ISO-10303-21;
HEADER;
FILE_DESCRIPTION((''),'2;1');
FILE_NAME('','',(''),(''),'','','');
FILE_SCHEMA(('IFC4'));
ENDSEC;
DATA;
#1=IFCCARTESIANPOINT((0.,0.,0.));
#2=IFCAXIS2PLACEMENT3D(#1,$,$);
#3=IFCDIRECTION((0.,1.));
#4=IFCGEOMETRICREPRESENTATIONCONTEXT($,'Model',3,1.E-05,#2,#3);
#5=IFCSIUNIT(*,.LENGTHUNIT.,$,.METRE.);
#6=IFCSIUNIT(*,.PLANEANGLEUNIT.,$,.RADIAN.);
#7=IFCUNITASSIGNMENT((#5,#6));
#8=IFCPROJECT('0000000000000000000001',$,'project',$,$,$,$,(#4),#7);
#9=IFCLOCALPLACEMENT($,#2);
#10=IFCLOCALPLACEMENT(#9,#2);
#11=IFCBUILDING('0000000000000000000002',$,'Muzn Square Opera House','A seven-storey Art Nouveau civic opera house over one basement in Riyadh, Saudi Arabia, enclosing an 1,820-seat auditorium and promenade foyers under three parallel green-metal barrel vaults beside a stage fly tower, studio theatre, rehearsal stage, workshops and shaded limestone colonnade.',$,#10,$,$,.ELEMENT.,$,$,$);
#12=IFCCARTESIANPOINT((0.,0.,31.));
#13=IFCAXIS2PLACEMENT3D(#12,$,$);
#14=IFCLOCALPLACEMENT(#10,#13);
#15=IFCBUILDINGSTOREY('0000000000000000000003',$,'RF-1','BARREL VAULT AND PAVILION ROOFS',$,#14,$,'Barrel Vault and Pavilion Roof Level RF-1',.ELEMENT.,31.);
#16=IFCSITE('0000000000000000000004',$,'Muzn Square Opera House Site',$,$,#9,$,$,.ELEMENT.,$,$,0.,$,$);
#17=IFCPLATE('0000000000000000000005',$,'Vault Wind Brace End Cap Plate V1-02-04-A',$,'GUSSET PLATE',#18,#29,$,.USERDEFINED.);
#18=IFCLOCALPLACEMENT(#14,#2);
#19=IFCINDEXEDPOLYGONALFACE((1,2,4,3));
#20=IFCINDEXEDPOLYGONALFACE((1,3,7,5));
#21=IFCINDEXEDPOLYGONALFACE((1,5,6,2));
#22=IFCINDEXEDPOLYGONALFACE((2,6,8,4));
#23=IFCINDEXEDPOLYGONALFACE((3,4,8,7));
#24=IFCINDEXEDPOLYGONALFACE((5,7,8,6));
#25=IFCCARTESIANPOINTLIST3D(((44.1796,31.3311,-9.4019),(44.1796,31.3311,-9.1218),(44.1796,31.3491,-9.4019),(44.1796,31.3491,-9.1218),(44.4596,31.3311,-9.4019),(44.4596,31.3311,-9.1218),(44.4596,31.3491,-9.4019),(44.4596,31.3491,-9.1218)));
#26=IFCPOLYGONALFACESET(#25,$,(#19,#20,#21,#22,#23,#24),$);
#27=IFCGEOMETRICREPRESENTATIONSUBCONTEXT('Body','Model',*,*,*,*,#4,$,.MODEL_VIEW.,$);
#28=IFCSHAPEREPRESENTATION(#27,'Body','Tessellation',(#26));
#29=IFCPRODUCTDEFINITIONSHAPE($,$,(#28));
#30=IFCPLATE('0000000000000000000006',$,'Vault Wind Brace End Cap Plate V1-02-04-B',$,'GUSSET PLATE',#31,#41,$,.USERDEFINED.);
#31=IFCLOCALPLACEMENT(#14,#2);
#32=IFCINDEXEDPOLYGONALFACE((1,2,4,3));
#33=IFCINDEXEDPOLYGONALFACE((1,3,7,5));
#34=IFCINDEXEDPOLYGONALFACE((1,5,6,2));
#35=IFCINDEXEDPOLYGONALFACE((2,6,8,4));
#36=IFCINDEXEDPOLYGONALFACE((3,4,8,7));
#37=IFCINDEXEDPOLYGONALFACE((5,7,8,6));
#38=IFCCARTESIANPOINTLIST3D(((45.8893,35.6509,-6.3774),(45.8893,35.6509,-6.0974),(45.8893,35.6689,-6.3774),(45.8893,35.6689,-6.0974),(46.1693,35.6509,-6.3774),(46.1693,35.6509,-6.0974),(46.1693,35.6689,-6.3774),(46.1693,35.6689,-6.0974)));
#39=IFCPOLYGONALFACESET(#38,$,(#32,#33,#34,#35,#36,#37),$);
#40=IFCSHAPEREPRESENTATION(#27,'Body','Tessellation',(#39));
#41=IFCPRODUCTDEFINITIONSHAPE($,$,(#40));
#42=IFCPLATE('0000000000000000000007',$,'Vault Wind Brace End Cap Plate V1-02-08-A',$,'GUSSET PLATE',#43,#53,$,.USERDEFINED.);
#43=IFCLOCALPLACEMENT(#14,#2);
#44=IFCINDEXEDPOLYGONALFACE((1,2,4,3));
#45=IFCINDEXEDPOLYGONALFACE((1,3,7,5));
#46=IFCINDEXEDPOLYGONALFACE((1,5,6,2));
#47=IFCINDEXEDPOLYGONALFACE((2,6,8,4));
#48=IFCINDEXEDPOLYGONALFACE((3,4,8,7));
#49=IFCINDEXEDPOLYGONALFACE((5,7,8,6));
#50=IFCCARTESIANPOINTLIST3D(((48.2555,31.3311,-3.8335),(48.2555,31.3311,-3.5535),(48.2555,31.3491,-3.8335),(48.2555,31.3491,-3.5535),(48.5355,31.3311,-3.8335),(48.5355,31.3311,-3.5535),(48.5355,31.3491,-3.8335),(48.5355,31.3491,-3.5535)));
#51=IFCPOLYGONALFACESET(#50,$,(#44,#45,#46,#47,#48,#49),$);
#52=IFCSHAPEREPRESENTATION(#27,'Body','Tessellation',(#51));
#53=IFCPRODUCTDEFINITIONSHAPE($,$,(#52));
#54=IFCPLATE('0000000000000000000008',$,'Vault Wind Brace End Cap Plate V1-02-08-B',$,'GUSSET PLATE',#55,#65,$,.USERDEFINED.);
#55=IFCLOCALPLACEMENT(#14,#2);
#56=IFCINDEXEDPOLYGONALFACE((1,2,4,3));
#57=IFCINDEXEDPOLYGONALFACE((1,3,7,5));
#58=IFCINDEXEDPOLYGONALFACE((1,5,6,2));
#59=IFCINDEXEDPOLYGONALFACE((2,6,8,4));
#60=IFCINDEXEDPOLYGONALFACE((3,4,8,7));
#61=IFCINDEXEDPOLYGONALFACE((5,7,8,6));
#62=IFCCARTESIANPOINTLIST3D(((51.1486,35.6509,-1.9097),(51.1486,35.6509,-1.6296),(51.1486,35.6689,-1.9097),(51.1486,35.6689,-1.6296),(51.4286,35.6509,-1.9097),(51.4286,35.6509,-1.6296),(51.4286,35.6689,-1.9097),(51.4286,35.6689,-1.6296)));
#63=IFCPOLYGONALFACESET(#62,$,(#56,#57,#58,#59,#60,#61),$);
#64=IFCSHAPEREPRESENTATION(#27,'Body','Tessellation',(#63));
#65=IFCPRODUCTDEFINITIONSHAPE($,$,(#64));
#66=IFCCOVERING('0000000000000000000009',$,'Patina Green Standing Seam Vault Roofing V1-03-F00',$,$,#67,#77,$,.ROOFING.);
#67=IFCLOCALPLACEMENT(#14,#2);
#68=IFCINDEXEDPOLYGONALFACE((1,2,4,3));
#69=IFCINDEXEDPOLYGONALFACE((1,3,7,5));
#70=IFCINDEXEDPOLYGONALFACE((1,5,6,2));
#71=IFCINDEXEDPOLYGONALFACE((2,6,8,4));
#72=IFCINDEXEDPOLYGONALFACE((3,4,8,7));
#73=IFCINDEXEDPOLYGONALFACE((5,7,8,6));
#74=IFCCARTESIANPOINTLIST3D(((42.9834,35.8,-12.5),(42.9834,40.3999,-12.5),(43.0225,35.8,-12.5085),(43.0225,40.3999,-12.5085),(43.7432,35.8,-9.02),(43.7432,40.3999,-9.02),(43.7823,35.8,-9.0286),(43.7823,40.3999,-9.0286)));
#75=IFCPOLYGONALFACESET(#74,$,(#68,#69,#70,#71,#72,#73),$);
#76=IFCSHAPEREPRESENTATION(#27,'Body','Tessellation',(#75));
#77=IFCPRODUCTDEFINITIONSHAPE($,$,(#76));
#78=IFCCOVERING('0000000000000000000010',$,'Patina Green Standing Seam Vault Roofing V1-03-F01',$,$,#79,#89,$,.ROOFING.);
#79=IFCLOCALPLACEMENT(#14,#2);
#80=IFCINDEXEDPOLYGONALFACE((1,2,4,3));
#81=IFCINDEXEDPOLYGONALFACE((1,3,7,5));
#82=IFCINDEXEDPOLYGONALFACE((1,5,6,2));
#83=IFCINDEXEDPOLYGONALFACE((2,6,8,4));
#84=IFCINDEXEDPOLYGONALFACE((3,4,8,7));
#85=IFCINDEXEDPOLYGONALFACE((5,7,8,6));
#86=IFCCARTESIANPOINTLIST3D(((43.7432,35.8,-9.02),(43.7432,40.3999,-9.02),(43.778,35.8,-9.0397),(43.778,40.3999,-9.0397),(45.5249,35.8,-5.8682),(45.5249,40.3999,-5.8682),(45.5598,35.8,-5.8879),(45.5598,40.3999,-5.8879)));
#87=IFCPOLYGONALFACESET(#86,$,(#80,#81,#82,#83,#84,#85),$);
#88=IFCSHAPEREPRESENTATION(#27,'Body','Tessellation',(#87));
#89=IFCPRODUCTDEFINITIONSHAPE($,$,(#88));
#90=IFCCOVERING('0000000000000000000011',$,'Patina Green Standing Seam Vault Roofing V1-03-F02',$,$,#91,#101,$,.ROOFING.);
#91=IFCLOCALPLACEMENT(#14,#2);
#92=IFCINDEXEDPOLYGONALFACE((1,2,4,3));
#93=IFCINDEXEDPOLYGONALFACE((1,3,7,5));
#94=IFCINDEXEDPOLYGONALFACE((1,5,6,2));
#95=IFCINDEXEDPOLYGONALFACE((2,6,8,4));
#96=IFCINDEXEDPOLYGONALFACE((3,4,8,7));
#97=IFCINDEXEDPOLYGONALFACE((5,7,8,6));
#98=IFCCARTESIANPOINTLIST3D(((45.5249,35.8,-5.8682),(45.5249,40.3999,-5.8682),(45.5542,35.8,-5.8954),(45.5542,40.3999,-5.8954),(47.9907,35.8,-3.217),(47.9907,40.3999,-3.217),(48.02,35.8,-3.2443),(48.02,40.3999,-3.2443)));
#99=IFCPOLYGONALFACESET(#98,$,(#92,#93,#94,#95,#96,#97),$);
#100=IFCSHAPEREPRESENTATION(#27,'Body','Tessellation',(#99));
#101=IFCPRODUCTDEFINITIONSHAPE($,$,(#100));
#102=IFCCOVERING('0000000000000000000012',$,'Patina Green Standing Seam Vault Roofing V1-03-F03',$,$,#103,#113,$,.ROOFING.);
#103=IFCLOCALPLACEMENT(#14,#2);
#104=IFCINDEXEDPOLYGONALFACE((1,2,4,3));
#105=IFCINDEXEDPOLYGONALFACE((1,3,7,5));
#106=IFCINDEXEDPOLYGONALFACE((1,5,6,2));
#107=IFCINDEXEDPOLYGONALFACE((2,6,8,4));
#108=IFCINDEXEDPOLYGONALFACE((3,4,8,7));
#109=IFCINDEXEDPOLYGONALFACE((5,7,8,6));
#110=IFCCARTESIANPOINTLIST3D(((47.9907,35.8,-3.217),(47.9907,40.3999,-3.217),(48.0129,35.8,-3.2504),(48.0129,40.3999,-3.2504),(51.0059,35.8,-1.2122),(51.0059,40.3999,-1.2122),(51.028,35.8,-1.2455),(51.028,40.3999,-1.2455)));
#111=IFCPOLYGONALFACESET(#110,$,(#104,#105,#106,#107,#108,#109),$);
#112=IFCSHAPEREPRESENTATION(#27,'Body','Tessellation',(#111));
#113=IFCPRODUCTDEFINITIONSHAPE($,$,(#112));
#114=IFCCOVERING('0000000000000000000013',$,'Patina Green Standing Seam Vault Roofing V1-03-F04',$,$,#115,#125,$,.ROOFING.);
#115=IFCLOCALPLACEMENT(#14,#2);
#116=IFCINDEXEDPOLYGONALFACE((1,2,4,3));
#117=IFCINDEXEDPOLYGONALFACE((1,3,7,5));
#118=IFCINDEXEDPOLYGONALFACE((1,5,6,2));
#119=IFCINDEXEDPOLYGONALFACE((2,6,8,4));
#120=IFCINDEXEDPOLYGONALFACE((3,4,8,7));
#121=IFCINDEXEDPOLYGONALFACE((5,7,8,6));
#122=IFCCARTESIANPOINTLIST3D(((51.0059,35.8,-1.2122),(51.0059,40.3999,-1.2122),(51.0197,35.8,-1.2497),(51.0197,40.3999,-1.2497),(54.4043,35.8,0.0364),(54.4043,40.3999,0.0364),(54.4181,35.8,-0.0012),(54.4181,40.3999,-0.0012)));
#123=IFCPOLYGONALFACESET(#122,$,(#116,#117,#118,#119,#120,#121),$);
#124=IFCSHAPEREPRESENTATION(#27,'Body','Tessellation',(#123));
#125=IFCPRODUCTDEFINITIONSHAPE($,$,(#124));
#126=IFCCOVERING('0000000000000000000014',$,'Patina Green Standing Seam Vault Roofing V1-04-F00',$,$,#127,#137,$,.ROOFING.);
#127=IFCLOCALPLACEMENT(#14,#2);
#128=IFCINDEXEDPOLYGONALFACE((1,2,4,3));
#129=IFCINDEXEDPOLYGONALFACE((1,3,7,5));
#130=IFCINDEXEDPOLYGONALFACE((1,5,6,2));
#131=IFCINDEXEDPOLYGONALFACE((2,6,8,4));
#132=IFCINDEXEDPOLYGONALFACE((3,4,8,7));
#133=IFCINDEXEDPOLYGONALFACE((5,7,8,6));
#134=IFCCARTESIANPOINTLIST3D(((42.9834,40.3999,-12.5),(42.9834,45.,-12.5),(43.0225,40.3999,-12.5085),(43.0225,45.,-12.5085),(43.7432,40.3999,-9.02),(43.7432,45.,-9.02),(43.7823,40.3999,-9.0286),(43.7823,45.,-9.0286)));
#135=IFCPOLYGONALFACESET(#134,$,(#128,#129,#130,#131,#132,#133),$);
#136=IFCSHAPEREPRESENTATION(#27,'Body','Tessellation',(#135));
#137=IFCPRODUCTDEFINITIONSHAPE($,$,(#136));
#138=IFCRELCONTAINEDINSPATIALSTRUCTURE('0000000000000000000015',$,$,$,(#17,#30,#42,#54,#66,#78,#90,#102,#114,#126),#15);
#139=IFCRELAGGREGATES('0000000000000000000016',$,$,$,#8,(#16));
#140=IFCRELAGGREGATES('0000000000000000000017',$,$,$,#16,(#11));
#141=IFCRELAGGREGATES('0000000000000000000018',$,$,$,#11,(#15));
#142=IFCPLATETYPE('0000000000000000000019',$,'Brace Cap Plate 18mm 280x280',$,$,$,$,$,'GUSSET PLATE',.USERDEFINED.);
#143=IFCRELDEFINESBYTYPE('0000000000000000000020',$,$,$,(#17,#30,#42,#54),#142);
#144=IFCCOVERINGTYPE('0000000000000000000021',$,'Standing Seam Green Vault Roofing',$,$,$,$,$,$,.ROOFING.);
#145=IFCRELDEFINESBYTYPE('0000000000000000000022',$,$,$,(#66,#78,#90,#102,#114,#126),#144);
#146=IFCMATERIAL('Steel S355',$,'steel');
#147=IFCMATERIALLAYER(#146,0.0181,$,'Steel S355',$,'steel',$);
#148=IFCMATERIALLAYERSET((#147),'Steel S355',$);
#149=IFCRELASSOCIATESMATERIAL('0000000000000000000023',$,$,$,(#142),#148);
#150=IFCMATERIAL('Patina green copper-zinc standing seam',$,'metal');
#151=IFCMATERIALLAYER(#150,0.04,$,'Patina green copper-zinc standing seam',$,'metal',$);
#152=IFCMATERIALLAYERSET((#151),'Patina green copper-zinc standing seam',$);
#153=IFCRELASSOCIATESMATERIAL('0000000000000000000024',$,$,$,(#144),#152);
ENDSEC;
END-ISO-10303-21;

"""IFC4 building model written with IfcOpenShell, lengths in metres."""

from ifc_helpers import new_model, si_unit, direction, frame, origin, origin_2d, place, context, subcontext, project, spatial, polyline, rectangle, outline, extrude, material, layer, layer_set, type_object, element, save


model = new_model("IFC4")

# Units and contexts
model_context = context("Model", 3, precision=1e-05, world=origin(), true_north=direction((0.0, 1.0)))
body_context = subcontext(model_context, "Body", "Model", "MODEL_VIEW")
ifc_project = project(units=[si_unit("LENGTHUNIT", "METRE"), si_unit("PLANEANGLEUNIT", "RADIAN")], contexts=[model_context])

# Site, building, storey
site_placement = place(None, origin())
site = spatial("IfcSite", under=ifc_project, at=site_placement, Name="Muzn Square Opera House Site", CompositionType="ELEMENT", RefElevation=0.0)
building_placement = place(site_placement, origin())
building = spatial("IfcBuilding", under=site, at=building_placement, Name="Muzn Square Opera House", Description="A seven-storey Art Nouveau civic opera house over one basement in Riyadh, Saudi Arabia, enclosing an 1,820-seat auditorium and promenade foyers under three parallel green-metal barrel vaults beside a stage fly tower, studio theatre, rehearsal stage, workshops and shaded limestone colonnade.", CompositionType="ELEMENT")
storey_placement = place(building_placement, frame((0.0, 0.0, 31.0)))
storey = spatial("IfcBuildingStorey", under=building, at=storey_placement, Name="RF-1", Description="BARREL VAULT AND PAVILION ROOFS", LongName="Barrel Vault and Pavilion Roof Level RF-1", CompositionType="ELEMENT", Elevation=31.0)

# Shared definitions
ifc_material_1 = material(Name="Steel S355", Category="steel")

# Shared definitions
ifc_material_2 = material(Name="Patina green copper-zinc standing seam", Category="metal")

# Plates
ifc_layer_1 = layer(ifc_material_1, 0.0181, Name="Steel S355", Category="steel")
ifc_layer_set_1 = layer_set([ifc_layer_1], Name="Steel S355")
plate_type = type_object("IfcPlateType", Name="Brace Cap Plate 18mm 280x280", ElementType="GUSSET PLATE", PredefinedType="USERDEFINED", material=ifc_layer_set_1)
for number, where, z_axis, x_axis, name in (
    (1, (44.3196, 31.3401, -9.4019), (0.0, 0.0, 1.0), (1.0, 0.0, 0.0), "Vault Wind Brace End Cap Plate V1-02-04-A"),
    (2, (46.0293, 35.6599, -6.3774), (0.0, 0.0, 1.0), (1.0, 0.0, 0.0), "Vault Wind Brace End Cap Plate V1-02-04-B"),
    (3, (48.3955, 31.3401, -3.8335), (0.0, 0.0, 1.0), (1.0, 0.0, 0.0), "Vault Wind Brace End Cap Plate V1-02-08-A"),
    (4, (51.2886, 35.6599, -1.9097), (0.0, 0.0, 1.0), (1.0, 0.0, 0.0), "Vault Wind Brace End Cap Plate V1-02-08-B"),
):
    element("IfcPlate", number, at=place(storey_placement, frame(where, z_axis=z_axis, x_axis=x_axis)), inside=storey, type_object=plate_type, Name=name, ObjectType="GUSSET PLATE", PredefinedType="USERDEFINED", context=body_context, shape_type="SweptSolid", body=[
        extrude(rectangle(XDim=0.28, YDim=0.0181, at=origin_2d()), origin(), (0.0, 0.0, 1.0), 0.28),
    ])

# Coverings
ifc_layer_2 = layer(ifc_material_2, 0.04, Name="Patina green copper-zinc standing seam", Category="metal")
ifc_layer_set_2 = layer_set([ifc_layer_2], Name="Patina green copper-zinc standing seam")
covering_type = type_object("IfcCoveringType", Name="Standing Seam Green Vault Roofing", PredefinedType="ROOFING", material=ifc_layer_set_2)
covering_1_placement = place(storey_placement, frame((43.7432, 35.8, -9.02), z_axis=(-0.976987, 0.0, 0.2133), x_axis=(0.0, 1.0, 0.0)))
element("IfcCovering", 5, at=covering_1_placement, inside=storey, type_object=covering_type, Name="Patina Green Standing Seam Vault Roofing V1-03-F00", PredefinedType="ROOFING", context=body_context, shape_type="SweptSolid", body=[
    extrude(outline(polyline([(0.0, 3.562), (0.0, 0.0), (4.5999, 0.0), (4.5999, 3.562), (0.0, 3.562)])), origin(), (0.0, 0.0, -1.0), 0.04),
])
covering_2_placement = place(storey_placement, frame((45.5249, 35.8, -5.8682), z_axis=(-0.870533, 0.0, 0.492111), x_axis=(0.0, 1.0, 0.0)))
element("IfcCovering", 6, at=covering_2_placement, inside=storey, type_object=covering_type, Name="Patina Green Standing Seam Vault Roofing V1-03-F01", PredefinedType="ROOFING", context=body_context, shape_type="SweptSolid", body=[
    extrude(outline(polyline([(0.0, 3.6206), (0.0, 0.0), (4.5999, 0.0), (4.5999, 3.6206), (0.0, 3.6206)])), origin(), (0.0, 0.0, -1.0), 0.04),
])
covering_3_placement = place(storey_placement, frame((47.9907, 35.8, -3.217), z_axis=(-0.732234, 0.0, 0.681053), x_axis=(0.0, 1.0, 0.0)))
element("IfcCovering", 7, at=covering_3_placement, inside=storey, type_object=covering_type, Name="Patina Green Standing Seam Vault Roofing V1-03-F02", PredefinedType="ROOFING", context=body_context, shape_type="SweptSolid", body=[
    extrude(outline(polyline([(0.0, 3.6206), (0.0, 0.0), (4.5999, 0.0), (4.5999, 3.6206), (0.0, 3.6206)])), origin(), (0.0, 0.0, -1.0), 0.04),
])
covering_4_placement = place(storey_placement, frame((51.0059, 35.8, -1.2122), z_axis=(-0.553704, 0.0, 0.832714), x_axis=(0.0, 1.0, 0.0)))
element("IfcCovering", 8, at=covering_4_placement, inside=storey, type_object=covering_type, Name="Patina Green Standing Seam Vault Roofing V1-03-F03", PredefinedType="ROOFING", context=body_context, shape_type="SweptSolid", body=[
    extrude(outline(polyline([(0.0, 3.6209), (0.0, 0.0), (4.5999, 0.0), (4.5999, 3.6209), (0.0, 3.6209)])), origin(), (0.0, 0.0, -1.0), 0.04),
])
covering_5_placement = place(storey_placement, frame((54.4043, 35.8, 0.0364), z_axis=(-0.344849, 0.0, 0.938658), x_axis=(0.0, 1.0, 0.0)))
element("IfcCovering", 9, at=covering_5_placement, inside=storey, type_object=covering_type, Name="Patina Green Standing Seam Vault Roofing V1-03-F04", PredefinedType="ROOFING", context=body_context, shape_type="SweptSolid", body=[
    extrude(outline(polyline([(0.0, 3.6205), (0.0, 0.0), (4.5999, 0.0), (4.5999, 3.6205), (0.0, 3.6205)])), origin(), (0.0, 0.0, -1.0), 0.04),
])
covering_6_placement = place(storey_placement, frame((43.7432, 40.3999, -9.02), z_axis=(-0.976987, 0.0, 0.2133), x_axis=(0.0, 1.0, 0.0)))
element("IfcCovering", 10, at=covering_6_placement, inside=storey, type_object=covering_type, Name="Patina Green Standing Seam Vault Roofing V1-04-F00", PredefinedType="ROOFING", context=body_context, shape_type="SweptSolid", body=[
    extrude(outline(polyline([(0.0, 3.562), (0.0, 0.0), (4.6001, 0.0), (4.6001, 3.562), (0.0, 3.562)])), origin(), (0.0, 0.0, -1.0), 0.04),
])

save(model, "model.ifc")
